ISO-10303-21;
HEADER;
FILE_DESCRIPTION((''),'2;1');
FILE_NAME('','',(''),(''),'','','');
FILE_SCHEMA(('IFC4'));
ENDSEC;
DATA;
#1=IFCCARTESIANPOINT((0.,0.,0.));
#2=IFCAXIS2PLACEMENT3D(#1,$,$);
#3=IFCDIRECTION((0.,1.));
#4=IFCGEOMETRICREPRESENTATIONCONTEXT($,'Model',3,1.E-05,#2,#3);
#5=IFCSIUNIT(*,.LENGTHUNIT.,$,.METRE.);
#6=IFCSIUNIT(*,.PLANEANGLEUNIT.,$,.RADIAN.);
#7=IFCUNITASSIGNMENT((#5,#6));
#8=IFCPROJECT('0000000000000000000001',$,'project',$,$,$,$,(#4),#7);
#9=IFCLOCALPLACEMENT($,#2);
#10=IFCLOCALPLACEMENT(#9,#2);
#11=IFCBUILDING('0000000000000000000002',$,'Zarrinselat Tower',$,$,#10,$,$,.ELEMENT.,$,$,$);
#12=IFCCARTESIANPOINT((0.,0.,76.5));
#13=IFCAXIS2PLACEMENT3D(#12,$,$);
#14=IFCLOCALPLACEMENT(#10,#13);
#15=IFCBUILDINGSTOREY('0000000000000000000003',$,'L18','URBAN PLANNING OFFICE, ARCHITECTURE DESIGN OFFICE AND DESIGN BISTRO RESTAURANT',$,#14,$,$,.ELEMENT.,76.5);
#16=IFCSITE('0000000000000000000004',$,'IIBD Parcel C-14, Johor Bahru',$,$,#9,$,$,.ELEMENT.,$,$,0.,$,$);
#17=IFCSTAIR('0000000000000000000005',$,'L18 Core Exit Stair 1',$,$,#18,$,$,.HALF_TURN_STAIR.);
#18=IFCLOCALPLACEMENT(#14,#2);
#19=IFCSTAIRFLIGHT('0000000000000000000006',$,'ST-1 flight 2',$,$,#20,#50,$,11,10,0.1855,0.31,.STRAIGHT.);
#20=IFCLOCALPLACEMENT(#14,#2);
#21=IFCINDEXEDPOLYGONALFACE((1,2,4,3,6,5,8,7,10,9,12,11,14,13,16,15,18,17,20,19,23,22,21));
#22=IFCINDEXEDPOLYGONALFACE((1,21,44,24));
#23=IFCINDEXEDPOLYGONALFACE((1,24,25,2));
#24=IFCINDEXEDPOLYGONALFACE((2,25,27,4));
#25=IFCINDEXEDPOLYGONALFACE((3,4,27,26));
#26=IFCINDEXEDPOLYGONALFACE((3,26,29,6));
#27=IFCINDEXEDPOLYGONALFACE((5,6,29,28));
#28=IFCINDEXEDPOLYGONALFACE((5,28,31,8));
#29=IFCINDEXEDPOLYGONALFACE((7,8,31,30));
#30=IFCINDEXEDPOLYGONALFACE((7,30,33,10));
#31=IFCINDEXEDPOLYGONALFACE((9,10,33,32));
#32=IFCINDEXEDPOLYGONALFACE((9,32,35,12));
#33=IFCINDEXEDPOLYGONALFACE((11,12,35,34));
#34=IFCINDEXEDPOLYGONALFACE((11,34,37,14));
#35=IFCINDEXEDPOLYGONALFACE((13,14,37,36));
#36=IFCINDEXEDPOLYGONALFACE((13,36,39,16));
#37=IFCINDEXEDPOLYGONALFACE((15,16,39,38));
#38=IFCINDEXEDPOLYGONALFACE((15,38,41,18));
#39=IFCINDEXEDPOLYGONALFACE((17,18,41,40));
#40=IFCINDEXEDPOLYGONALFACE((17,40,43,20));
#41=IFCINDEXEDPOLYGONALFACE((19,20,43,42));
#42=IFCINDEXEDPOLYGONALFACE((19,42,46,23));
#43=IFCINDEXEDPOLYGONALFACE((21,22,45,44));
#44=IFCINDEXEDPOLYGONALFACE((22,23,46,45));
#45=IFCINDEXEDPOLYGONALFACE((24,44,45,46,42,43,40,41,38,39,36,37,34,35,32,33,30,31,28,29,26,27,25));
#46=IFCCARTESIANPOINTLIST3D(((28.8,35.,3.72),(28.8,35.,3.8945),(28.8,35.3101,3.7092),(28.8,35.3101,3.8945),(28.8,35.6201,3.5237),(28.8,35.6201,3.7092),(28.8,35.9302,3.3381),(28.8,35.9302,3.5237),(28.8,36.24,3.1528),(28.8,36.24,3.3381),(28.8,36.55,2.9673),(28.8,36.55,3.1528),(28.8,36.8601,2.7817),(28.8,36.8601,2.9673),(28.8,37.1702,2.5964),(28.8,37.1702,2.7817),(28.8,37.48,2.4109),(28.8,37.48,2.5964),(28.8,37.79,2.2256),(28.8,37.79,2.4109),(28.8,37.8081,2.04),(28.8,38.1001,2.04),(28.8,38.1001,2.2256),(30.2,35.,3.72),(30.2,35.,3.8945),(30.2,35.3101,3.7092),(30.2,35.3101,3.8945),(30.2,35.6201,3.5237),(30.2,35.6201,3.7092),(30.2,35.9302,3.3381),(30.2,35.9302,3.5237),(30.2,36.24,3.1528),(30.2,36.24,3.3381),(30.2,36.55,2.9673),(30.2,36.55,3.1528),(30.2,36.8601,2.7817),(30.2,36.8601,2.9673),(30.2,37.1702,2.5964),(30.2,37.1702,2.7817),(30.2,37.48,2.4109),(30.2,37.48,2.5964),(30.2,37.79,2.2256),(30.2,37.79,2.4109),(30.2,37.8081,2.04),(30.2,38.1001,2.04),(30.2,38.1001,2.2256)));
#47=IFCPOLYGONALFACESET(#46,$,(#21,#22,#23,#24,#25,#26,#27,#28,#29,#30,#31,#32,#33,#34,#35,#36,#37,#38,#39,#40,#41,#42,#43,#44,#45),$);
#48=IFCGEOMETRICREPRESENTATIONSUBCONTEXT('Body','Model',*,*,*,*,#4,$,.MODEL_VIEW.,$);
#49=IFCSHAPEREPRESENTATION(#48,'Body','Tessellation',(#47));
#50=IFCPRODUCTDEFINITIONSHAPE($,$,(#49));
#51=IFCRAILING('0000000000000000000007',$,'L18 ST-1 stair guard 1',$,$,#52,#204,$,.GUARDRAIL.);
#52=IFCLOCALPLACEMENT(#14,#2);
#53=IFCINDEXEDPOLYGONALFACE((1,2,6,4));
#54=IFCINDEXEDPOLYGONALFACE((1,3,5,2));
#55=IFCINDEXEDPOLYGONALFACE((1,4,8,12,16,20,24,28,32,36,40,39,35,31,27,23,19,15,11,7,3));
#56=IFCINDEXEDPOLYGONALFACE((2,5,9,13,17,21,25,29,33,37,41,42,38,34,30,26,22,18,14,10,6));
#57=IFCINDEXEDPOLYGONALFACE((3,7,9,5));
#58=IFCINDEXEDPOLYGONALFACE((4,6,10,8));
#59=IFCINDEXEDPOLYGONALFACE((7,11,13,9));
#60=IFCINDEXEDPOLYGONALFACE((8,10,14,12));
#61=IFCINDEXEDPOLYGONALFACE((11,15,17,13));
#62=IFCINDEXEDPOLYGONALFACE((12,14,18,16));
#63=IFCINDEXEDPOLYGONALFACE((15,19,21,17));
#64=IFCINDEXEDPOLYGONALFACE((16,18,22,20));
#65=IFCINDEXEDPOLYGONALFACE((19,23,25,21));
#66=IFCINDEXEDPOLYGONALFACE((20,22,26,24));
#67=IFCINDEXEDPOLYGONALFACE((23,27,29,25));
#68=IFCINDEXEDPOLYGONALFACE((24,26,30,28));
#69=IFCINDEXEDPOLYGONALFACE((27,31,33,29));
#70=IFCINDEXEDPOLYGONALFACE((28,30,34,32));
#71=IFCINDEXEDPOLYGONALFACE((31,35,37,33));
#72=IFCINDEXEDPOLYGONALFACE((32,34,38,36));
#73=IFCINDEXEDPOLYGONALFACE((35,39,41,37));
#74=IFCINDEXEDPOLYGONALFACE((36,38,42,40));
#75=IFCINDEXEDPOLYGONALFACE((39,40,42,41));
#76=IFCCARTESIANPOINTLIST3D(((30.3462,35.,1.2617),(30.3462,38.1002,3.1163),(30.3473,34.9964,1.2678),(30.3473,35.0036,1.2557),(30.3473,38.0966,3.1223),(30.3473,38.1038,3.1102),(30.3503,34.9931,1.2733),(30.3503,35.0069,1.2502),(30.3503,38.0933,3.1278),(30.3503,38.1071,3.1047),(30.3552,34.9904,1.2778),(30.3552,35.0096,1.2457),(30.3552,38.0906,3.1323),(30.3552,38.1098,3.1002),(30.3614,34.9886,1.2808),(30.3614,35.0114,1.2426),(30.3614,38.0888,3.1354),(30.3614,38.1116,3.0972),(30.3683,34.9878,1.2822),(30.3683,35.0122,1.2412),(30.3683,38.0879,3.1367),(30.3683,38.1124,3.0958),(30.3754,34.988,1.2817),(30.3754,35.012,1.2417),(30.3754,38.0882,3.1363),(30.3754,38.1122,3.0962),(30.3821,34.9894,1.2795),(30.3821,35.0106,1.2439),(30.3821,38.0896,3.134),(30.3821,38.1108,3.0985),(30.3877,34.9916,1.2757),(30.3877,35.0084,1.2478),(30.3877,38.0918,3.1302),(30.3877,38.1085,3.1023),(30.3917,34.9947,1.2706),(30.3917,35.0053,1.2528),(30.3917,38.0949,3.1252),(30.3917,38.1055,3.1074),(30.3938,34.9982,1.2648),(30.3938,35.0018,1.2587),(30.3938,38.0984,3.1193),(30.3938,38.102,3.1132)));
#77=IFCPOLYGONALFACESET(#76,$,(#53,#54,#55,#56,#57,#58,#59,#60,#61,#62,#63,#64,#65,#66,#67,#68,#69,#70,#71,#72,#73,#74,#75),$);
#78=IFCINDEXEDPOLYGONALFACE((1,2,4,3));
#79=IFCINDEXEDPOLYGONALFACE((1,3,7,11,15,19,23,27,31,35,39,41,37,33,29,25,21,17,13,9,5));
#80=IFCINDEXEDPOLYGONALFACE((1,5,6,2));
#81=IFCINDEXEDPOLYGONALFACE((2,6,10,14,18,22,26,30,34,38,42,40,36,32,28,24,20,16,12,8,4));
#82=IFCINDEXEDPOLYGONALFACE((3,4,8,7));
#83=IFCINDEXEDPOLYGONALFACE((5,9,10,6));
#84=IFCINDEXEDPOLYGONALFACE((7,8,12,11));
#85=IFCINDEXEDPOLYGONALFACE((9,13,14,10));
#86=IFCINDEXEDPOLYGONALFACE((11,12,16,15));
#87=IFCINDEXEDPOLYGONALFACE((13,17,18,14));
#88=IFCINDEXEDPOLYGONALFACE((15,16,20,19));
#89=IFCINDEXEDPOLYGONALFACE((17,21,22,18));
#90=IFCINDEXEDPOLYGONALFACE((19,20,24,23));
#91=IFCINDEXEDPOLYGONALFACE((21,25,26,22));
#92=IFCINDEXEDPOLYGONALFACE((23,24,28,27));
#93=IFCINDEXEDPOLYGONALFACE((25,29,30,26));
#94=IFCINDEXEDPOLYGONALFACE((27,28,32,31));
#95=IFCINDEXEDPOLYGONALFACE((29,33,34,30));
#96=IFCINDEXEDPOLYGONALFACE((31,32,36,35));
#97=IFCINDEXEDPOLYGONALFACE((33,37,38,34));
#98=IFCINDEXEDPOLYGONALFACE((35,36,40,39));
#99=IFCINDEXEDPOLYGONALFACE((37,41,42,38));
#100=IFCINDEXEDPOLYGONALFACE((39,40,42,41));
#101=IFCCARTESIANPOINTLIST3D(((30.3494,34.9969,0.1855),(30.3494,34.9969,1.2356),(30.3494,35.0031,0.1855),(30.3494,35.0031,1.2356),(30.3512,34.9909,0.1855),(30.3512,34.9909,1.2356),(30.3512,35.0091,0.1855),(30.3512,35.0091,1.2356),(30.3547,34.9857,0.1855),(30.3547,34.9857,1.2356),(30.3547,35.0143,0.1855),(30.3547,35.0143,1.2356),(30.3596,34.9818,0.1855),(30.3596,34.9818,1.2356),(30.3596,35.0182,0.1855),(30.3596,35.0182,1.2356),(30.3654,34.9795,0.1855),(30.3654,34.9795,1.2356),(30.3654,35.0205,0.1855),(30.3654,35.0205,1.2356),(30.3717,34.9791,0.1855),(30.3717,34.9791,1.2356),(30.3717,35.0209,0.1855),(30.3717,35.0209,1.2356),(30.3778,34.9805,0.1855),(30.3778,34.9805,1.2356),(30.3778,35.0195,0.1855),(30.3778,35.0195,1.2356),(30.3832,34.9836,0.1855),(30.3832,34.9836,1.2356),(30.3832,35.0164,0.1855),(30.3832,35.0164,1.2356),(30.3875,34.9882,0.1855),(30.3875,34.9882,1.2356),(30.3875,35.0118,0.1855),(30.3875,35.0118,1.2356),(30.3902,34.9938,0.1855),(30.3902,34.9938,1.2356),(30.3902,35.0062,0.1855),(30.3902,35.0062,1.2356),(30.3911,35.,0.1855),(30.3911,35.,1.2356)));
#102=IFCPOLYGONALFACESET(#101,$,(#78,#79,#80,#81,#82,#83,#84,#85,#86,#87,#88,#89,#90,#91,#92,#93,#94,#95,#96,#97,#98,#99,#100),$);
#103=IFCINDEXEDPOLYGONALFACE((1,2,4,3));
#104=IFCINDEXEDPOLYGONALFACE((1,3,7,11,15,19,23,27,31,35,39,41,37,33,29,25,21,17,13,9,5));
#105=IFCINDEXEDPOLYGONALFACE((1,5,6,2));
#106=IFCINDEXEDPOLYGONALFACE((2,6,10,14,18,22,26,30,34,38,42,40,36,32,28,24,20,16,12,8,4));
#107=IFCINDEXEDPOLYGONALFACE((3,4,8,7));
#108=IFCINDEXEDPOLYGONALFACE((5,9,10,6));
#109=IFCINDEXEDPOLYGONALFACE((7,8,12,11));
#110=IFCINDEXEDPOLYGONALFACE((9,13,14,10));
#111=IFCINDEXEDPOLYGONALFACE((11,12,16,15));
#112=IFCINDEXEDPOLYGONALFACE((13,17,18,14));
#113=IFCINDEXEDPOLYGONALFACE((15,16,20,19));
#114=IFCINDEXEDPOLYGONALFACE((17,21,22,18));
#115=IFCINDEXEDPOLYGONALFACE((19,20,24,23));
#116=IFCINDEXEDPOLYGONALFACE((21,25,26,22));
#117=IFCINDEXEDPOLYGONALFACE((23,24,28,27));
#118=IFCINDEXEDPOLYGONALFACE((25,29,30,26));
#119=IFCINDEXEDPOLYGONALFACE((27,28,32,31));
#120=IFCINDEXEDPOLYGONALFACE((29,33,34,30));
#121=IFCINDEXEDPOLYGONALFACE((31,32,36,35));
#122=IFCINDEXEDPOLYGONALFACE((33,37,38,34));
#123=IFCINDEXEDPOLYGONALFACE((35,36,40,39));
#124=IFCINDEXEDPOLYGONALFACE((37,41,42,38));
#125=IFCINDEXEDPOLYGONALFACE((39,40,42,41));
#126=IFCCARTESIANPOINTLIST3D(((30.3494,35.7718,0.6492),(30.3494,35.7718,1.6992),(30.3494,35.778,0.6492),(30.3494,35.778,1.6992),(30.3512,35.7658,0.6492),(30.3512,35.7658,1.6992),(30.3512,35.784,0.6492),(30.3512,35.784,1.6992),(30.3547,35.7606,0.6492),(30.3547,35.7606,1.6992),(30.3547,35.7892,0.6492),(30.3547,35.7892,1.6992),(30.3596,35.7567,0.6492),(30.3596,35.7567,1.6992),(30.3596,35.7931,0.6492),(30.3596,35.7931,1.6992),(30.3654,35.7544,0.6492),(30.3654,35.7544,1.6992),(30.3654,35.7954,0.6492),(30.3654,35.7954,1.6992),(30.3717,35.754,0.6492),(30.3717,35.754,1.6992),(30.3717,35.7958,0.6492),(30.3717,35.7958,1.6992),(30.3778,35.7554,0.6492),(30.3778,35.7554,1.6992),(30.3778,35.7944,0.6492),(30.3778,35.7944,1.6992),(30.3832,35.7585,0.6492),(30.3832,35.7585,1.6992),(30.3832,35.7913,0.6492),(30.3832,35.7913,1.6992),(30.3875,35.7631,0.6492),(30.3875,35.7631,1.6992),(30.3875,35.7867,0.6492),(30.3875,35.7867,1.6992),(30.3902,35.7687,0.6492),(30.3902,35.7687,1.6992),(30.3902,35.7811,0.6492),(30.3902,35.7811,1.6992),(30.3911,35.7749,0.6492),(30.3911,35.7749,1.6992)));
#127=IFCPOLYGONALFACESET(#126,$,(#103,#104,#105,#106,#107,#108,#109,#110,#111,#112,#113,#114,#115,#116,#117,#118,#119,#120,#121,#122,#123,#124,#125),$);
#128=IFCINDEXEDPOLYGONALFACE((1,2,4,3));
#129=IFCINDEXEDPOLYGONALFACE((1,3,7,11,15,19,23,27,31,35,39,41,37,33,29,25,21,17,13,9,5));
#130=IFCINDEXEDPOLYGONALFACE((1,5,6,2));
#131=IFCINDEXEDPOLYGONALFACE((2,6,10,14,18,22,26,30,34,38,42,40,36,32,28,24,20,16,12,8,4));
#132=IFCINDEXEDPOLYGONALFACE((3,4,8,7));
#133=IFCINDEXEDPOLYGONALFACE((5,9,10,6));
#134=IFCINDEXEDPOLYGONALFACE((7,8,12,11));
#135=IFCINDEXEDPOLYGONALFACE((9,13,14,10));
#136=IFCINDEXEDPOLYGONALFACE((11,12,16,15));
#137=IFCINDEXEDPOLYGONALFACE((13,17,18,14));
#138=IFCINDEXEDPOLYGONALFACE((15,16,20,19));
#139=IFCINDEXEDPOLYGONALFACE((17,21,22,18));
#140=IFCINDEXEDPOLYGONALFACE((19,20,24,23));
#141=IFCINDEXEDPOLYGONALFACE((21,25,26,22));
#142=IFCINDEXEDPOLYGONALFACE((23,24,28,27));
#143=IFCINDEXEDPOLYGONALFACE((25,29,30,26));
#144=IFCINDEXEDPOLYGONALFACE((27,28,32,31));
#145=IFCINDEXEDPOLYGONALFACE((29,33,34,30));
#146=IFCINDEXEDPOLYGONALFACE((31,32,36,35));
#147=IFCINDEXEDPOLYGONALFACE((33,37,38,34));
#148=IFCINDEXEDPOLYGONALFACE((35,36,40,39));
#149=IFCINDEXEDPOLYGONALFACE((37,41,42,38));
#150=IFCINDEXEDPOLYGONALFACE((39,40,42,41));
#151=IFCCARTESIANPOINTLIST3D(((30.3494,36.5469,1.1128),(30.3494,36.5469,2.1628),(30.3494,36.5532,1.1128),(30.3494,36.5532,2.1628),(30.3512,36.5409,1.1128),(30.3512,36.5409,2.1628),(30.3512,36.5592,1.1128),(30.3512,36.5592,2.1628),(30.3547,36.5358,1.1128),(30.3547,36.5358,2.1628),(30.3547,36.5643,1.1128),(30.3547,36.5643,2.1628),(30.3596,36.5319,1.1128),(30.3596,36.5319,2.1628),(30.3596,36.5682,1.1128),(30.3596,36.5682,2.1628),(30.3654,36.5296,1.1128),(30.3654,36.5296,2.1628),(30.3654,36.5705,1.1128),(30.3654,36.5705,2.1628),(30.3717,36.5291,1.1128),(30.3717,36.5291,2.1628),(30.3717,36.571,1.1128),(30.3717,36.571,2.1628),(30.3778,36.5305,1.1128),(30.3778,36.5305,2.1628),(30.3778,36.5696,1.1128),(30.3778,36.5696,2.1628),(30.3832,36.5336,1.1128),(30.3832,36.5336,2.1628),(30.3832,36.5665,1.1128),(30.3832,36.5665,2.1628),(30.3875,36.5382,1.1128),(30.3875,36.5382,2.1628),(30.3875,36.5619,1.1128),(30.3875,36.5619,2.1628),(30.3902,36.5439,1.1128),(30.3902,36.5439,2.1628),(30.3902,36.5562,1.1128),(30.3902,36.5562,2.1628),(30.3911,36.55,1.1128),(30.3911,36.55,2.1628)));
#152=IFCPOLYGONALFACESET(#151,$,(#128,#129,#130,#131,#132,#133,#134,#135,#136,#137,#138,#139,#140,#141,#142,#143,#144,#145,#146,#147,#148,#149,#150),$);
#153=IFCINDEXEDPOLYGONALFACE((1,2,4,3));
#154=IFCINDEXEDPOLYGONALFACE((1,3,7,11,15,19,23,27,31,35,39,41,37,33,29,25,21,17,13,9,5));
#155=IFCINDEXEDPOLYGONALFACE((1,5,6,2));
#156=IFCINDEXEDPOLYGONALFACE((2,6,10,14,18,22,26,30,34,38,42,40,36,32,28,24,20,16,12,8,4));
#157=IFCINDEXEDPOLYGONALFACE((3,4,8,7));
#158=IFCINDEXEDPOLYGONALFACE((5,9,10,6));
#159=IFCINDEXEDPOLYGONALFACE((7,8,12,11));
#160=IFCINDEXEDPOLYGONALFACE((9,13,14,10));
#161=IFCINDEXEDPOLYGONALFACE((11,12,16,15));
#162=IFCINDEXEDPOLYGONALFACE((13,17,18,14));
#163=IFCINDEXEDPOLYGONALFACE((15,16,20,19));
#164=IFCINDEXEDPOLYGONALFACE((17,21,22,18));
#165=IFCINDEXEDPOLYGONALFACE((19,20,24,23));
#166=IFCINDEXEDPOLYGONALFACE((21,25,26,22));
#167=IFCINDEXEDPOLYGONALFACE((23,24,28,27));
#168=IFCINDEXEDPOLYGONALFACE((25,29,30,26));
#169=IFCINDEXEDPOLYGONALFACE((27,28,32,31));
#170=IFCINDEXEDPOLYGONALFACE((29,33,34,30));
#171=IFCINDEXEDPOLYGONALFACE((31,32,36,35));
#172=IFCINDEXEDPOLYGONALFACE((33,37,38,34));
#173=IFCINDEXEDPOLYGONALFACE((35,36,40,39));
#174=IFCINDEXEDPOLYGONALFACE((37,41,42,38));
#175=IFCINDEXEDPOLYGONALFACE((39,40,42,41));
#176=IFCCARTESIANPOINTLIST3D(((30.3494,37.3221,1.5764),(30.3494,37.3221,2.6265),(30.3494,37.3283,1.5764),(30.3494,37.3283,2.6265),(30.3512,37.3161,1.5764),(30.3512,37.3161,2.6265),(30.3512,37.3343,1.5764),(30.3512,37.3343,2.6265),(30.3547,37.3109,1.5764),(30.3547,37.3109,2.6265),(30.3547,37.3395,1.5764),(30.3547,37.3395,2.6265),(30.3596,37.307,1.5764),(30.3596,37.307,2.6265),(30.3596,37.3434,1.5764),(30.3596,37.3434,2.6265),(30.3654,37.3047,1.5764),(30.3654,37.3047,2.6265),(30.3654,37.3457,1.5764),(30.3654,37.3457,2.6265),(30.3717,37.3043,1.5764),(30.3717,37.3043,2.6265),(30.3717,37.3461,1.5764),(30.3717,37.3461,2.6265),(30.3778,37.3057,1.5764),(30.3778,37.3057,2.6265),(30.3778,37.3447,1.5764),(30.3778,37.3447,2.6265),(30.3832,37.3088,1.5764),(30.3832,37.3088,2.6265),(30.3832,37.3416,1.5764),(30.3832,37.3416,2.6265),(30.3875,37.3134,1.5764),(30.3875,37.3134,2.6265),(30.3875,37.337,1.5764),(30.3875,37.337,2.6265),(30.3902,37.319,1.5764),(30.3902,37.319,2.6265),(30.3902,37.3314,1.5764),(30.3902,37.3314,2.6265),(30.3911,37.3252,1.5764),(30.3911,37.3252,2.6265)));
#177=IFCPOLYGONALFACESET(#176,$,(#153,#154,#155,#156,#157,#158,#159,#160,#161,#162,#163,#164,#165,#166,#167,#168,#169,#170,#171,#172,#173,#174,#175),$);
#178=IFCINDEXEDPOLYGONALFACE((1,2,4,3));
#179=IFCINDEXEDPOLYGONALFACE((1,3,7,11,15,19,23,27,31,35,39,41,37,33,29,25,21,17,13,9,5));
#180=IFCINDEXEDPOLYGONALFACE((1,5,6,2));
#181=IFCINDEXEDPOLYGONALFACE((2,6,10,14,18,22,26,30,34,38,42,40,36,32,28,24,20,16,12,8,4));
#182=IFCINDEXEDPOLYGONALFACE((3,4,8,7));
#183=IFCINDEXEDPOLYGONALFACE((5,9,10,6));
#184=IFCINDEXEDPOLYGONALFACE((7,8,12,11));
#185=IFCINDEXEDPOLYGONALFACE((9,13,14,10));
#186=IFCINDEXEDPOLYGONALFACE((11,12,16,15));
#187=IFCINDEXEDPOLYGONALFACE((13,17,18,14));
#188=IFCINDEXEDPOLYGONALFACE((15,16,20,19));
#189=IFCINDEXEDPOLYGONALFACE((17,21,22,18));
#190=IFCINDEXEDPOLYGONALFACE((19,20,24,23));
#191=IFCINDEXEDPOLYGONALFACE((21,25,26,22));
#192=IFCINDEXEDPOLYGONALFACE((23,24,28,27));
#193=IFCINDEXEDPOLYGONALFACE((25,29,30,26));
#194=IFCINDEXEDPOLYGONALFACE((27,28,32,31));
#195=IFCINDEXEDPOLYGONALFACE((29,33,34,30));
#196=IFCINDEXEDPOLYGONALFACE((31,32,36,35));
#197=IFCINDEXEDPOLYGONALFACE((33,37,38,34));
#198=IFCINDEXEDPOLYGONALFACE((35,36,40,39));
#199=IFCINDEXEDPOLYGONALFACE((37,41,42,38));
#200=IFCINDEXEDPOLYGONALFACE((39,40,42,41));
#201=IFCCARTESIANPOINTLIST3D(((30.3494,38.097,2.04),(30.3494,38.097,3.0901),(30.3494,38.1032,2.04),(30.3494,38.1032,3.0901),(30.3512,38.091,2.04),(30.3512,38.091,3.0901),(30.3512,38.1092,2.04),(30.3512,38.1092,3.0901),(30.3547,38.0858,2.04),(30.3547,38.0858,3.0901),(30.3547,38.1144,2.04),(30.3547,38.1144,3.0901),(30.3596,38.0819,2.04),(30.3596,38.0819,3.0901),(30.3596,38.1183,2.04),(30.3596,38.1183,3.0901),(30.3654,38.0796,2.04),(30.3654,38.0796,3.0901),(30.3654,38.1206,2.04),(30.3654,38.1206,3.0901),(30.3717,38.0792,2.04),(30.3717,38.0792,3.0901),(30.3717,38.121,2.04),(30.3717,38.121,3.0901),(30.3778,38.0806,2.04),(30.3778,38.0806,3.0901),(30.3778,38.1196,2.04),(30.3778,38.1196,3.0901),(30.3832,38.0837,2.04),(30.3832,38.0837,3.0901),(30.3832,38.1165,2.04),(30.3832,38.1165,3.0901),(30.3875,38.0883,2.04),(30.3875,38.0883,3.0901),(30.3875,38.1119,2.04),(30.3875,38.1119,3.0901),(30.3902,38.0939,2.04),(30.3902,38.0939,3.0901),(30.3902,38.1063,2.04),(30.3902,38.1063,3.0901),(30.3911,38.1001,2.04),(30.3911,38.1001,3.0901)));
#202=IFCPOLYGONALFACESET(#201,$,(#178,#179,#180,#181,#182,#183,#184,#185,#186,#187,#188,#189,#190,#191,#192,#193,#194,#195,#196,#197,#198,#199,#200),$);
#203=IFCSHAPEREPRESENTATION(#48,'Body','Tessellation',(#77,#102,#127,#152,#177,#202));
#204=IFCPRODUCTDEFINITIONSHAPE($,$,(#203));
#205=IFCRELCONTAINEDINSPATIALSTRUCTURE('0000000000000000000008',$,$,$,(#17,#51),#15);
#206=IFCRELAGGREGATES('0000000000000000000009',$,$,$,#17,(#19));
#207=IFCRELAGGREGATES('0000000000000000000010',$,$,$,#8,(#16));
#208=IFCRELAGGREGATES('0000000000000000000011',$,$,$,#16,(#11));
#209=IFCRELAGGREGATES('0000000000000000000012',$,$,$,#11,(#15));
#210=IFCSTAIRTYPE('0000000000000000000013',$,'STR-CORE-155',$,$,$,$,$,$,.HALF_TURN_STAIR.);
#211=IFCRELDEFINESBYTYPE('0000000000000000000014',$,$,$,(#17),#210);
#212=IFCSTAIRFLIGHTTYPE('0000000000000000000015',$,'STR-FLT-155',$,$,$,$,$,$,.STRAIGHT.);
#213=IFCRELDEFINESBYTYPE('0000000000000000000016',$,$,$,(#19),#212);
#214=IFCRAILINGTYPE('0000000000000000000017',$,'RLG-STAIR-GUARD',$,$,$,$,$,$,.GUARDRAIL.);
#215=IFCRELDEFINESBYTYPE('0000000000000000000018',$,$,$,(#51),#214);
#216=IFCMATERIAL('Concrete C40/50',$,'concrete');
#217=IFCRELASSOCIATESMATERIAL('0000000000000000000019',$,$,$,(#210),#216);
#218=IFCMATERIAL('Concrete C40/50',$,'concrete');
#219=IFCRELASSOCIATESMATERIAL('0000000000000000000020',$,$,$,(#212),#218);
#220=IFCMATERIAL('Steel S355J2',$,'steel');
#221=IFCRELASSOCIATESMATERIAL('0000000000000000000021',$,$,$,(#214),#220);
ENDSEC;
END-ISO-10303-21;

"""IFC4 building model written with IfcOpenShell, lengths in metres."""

from ifc_helpers import new_model, si_unit, direction, frame, origin, origin_2d, place, context, subcontext, project, spatial, polyline, circle, outline, extrude, material, type_object, element, aggregate, save


model = new_model("IFC4")

# Units and contexts
model_context = context("Model", 3, precision=1e-05, world=origin(), true_north=direction((0.0, 1.0)))
body_context = subcontext(model_context, "Body", "Model", "MODEL_VIEW")
ifc_project = project(units=[si_unit("LENGTHUNIT", "METRE"), si_unit("PLANEANGLEUNIT", "RADIAN")], contexts=[model_context])

# Site, building, storey
site_placement = place(None, origin())
site = spatial("IfcSite", under=ifc_project, at=site_placement, Name="IIBD Parcel C-14, Johor Bahru", CompositionType="ELEMENT", RefElevation=0.0)
building_placement = place(site_placement, origin())
building = spatial("IfcBuilding", under=site, at=building_placement, Name="Zarrinselat Tower", CompositionType="ELEMENT")
storey_placement = place(building_placement, frame((0.0, 0.0, 76.5)))
storey = spatial("IfcBuildingStorey", under=building, at=storey_placement, Name="L18", Description="URBAN PLANNING OFFICE, ARCHITECTURE DESIGN OFFICE AND DESIGN BISTRO RESTAURANT", CompositionType="ELEMENT", Elevation=76.5)

# Stair, stair flight
ifc_material_1 = material(Name="Concrete C40/50", Category="concrete")
stair_type = type_object("IfcStairType", Name="STR-CORE-155", PredefinedType="HALF_TURN_STAIR", material=ifc_material_1)
stair_placement = place(storey_placement, origin())
stair = element("IfcStair", 1, at=stair_placement, inside=storey, type_object=stair_type, Name="L18 Core Exit Stair 1", PredefinedType="HALF_TURN_STAIR")
ifc_material_2 = material(Name="Concrete C40/50", Category="concrete")
stair_flight_type = type_object("IfcStairFlightType", Name="STR-FLT-155", PredefinedType="STRAIGHT", material=ifc_material_2)
stair_flight_1_placement = place(storey_placement, frame((29.5, 38.1001, 2.04), z_axis=(0.0, 0.0, 1.0), x_axis=(0.0, -1.0, 0.0)))
stair_flight_1 = element("IfcStairFlight", 2, at=stair_flight_1_placement, type_object=stair_flight_type, Name="ST-1 flight 2", NumberOfRisers=11, NumberOfTreads=10, PredefinedType="STRAIGHT", RiserHeight=0.1855, TreadLength=0.31, context=body_context, shape_type="SweptSolid", body=[
    extrude(outline(polyline([(0.0, 0.0), (0.0, 0.1855), (0.3101, 0.1855), (0.3101, 0.3708), (0.6201, 0.3708), (0.6201, 0.5564), (0.9299, 0.5564), (0.9299, 0.7417), (1.24, 0.7417), (1.24, 0.9272), (1.55, 0.9272), (1.55, 1.1128), (1.8601, 1.1128), (1.8601, 1.2981), (2.1699, 1.2981), (2.1699, 1.4836), (2.48, 1.4836), (2.48, 1.6692), (2.79, 1.6692), (2.79, 1.8545), (3.1001, 1.8545), (3.1001, 2.04), (3.1001, 1.6799), (0.292, 0.0), (0.0, 0.0)])), frame((0.0, 0.7, 0.0), z_axis=(0.0, -1.0, 0.0), x_axis=(1.0, 0.0, 0.0)), (0.0, 0.0, 1.0), 1.3999),
])
aggregate(stair, [stair_flight_1])

# Railing
ifc_material_3 = material(Name="Steel S355J2", Category="steel")
railing_type_1 = type_object("IfcRailingType", Name="RLG-STAIR-GUARD", PredefinedType="GUARDRAIL", material=ifc_material_3)
railing_1_placement = place(storey_placement, frame((30.3701, 35.0, 0.1855)))
element("IfcRailing", 3, at=railing_1_placement, inside=storey, type_object=railing_type_1, Name="L18 ST-1 stair guard 1", PredefinedType="GUARDRAIL", context=body_context, shape_type="SweptSolid", body=[
    extrude(circle(Radius=0.0239, at=origin_2d()), frame((0.0, 0.0, 1.0762), z_axis=(0.0, 0.858172, 0.513362), x_axis=(-1.0, 0.0, 0.0)), (0.0, 0.0, 1.0), 3.6125),
    extrude(circle(Radius=0.021, at=origin_2d()), origin(), (0.0, 0.0, 1.0), 1.05),
    extrude(circle(Radius=0.021, at=origin_2d()), frame((0.0, 0.7749, 0.4636)), (0.0, 0.0, 1.0), 1.05),
    extrude(circle(Radius=0.021, at=origin_2d()), frame((0.0, 1.55, 0.9272)), (0.0, 0.0, 1.0), 1.05),
    extrude(circle(Radius=0.021, at=origin_2d()), frame((0.0, 2.3252, 1.3909)), (0.0, 0.0, 1.0), 1.05),
    extrude(circle(Radius=0.021, at=origin_2d()), frame((0.0, 3.1001, 1.8545)), (0.0, 0.0, 1.0), 1.05),
])

save(model, "model.ifc")
